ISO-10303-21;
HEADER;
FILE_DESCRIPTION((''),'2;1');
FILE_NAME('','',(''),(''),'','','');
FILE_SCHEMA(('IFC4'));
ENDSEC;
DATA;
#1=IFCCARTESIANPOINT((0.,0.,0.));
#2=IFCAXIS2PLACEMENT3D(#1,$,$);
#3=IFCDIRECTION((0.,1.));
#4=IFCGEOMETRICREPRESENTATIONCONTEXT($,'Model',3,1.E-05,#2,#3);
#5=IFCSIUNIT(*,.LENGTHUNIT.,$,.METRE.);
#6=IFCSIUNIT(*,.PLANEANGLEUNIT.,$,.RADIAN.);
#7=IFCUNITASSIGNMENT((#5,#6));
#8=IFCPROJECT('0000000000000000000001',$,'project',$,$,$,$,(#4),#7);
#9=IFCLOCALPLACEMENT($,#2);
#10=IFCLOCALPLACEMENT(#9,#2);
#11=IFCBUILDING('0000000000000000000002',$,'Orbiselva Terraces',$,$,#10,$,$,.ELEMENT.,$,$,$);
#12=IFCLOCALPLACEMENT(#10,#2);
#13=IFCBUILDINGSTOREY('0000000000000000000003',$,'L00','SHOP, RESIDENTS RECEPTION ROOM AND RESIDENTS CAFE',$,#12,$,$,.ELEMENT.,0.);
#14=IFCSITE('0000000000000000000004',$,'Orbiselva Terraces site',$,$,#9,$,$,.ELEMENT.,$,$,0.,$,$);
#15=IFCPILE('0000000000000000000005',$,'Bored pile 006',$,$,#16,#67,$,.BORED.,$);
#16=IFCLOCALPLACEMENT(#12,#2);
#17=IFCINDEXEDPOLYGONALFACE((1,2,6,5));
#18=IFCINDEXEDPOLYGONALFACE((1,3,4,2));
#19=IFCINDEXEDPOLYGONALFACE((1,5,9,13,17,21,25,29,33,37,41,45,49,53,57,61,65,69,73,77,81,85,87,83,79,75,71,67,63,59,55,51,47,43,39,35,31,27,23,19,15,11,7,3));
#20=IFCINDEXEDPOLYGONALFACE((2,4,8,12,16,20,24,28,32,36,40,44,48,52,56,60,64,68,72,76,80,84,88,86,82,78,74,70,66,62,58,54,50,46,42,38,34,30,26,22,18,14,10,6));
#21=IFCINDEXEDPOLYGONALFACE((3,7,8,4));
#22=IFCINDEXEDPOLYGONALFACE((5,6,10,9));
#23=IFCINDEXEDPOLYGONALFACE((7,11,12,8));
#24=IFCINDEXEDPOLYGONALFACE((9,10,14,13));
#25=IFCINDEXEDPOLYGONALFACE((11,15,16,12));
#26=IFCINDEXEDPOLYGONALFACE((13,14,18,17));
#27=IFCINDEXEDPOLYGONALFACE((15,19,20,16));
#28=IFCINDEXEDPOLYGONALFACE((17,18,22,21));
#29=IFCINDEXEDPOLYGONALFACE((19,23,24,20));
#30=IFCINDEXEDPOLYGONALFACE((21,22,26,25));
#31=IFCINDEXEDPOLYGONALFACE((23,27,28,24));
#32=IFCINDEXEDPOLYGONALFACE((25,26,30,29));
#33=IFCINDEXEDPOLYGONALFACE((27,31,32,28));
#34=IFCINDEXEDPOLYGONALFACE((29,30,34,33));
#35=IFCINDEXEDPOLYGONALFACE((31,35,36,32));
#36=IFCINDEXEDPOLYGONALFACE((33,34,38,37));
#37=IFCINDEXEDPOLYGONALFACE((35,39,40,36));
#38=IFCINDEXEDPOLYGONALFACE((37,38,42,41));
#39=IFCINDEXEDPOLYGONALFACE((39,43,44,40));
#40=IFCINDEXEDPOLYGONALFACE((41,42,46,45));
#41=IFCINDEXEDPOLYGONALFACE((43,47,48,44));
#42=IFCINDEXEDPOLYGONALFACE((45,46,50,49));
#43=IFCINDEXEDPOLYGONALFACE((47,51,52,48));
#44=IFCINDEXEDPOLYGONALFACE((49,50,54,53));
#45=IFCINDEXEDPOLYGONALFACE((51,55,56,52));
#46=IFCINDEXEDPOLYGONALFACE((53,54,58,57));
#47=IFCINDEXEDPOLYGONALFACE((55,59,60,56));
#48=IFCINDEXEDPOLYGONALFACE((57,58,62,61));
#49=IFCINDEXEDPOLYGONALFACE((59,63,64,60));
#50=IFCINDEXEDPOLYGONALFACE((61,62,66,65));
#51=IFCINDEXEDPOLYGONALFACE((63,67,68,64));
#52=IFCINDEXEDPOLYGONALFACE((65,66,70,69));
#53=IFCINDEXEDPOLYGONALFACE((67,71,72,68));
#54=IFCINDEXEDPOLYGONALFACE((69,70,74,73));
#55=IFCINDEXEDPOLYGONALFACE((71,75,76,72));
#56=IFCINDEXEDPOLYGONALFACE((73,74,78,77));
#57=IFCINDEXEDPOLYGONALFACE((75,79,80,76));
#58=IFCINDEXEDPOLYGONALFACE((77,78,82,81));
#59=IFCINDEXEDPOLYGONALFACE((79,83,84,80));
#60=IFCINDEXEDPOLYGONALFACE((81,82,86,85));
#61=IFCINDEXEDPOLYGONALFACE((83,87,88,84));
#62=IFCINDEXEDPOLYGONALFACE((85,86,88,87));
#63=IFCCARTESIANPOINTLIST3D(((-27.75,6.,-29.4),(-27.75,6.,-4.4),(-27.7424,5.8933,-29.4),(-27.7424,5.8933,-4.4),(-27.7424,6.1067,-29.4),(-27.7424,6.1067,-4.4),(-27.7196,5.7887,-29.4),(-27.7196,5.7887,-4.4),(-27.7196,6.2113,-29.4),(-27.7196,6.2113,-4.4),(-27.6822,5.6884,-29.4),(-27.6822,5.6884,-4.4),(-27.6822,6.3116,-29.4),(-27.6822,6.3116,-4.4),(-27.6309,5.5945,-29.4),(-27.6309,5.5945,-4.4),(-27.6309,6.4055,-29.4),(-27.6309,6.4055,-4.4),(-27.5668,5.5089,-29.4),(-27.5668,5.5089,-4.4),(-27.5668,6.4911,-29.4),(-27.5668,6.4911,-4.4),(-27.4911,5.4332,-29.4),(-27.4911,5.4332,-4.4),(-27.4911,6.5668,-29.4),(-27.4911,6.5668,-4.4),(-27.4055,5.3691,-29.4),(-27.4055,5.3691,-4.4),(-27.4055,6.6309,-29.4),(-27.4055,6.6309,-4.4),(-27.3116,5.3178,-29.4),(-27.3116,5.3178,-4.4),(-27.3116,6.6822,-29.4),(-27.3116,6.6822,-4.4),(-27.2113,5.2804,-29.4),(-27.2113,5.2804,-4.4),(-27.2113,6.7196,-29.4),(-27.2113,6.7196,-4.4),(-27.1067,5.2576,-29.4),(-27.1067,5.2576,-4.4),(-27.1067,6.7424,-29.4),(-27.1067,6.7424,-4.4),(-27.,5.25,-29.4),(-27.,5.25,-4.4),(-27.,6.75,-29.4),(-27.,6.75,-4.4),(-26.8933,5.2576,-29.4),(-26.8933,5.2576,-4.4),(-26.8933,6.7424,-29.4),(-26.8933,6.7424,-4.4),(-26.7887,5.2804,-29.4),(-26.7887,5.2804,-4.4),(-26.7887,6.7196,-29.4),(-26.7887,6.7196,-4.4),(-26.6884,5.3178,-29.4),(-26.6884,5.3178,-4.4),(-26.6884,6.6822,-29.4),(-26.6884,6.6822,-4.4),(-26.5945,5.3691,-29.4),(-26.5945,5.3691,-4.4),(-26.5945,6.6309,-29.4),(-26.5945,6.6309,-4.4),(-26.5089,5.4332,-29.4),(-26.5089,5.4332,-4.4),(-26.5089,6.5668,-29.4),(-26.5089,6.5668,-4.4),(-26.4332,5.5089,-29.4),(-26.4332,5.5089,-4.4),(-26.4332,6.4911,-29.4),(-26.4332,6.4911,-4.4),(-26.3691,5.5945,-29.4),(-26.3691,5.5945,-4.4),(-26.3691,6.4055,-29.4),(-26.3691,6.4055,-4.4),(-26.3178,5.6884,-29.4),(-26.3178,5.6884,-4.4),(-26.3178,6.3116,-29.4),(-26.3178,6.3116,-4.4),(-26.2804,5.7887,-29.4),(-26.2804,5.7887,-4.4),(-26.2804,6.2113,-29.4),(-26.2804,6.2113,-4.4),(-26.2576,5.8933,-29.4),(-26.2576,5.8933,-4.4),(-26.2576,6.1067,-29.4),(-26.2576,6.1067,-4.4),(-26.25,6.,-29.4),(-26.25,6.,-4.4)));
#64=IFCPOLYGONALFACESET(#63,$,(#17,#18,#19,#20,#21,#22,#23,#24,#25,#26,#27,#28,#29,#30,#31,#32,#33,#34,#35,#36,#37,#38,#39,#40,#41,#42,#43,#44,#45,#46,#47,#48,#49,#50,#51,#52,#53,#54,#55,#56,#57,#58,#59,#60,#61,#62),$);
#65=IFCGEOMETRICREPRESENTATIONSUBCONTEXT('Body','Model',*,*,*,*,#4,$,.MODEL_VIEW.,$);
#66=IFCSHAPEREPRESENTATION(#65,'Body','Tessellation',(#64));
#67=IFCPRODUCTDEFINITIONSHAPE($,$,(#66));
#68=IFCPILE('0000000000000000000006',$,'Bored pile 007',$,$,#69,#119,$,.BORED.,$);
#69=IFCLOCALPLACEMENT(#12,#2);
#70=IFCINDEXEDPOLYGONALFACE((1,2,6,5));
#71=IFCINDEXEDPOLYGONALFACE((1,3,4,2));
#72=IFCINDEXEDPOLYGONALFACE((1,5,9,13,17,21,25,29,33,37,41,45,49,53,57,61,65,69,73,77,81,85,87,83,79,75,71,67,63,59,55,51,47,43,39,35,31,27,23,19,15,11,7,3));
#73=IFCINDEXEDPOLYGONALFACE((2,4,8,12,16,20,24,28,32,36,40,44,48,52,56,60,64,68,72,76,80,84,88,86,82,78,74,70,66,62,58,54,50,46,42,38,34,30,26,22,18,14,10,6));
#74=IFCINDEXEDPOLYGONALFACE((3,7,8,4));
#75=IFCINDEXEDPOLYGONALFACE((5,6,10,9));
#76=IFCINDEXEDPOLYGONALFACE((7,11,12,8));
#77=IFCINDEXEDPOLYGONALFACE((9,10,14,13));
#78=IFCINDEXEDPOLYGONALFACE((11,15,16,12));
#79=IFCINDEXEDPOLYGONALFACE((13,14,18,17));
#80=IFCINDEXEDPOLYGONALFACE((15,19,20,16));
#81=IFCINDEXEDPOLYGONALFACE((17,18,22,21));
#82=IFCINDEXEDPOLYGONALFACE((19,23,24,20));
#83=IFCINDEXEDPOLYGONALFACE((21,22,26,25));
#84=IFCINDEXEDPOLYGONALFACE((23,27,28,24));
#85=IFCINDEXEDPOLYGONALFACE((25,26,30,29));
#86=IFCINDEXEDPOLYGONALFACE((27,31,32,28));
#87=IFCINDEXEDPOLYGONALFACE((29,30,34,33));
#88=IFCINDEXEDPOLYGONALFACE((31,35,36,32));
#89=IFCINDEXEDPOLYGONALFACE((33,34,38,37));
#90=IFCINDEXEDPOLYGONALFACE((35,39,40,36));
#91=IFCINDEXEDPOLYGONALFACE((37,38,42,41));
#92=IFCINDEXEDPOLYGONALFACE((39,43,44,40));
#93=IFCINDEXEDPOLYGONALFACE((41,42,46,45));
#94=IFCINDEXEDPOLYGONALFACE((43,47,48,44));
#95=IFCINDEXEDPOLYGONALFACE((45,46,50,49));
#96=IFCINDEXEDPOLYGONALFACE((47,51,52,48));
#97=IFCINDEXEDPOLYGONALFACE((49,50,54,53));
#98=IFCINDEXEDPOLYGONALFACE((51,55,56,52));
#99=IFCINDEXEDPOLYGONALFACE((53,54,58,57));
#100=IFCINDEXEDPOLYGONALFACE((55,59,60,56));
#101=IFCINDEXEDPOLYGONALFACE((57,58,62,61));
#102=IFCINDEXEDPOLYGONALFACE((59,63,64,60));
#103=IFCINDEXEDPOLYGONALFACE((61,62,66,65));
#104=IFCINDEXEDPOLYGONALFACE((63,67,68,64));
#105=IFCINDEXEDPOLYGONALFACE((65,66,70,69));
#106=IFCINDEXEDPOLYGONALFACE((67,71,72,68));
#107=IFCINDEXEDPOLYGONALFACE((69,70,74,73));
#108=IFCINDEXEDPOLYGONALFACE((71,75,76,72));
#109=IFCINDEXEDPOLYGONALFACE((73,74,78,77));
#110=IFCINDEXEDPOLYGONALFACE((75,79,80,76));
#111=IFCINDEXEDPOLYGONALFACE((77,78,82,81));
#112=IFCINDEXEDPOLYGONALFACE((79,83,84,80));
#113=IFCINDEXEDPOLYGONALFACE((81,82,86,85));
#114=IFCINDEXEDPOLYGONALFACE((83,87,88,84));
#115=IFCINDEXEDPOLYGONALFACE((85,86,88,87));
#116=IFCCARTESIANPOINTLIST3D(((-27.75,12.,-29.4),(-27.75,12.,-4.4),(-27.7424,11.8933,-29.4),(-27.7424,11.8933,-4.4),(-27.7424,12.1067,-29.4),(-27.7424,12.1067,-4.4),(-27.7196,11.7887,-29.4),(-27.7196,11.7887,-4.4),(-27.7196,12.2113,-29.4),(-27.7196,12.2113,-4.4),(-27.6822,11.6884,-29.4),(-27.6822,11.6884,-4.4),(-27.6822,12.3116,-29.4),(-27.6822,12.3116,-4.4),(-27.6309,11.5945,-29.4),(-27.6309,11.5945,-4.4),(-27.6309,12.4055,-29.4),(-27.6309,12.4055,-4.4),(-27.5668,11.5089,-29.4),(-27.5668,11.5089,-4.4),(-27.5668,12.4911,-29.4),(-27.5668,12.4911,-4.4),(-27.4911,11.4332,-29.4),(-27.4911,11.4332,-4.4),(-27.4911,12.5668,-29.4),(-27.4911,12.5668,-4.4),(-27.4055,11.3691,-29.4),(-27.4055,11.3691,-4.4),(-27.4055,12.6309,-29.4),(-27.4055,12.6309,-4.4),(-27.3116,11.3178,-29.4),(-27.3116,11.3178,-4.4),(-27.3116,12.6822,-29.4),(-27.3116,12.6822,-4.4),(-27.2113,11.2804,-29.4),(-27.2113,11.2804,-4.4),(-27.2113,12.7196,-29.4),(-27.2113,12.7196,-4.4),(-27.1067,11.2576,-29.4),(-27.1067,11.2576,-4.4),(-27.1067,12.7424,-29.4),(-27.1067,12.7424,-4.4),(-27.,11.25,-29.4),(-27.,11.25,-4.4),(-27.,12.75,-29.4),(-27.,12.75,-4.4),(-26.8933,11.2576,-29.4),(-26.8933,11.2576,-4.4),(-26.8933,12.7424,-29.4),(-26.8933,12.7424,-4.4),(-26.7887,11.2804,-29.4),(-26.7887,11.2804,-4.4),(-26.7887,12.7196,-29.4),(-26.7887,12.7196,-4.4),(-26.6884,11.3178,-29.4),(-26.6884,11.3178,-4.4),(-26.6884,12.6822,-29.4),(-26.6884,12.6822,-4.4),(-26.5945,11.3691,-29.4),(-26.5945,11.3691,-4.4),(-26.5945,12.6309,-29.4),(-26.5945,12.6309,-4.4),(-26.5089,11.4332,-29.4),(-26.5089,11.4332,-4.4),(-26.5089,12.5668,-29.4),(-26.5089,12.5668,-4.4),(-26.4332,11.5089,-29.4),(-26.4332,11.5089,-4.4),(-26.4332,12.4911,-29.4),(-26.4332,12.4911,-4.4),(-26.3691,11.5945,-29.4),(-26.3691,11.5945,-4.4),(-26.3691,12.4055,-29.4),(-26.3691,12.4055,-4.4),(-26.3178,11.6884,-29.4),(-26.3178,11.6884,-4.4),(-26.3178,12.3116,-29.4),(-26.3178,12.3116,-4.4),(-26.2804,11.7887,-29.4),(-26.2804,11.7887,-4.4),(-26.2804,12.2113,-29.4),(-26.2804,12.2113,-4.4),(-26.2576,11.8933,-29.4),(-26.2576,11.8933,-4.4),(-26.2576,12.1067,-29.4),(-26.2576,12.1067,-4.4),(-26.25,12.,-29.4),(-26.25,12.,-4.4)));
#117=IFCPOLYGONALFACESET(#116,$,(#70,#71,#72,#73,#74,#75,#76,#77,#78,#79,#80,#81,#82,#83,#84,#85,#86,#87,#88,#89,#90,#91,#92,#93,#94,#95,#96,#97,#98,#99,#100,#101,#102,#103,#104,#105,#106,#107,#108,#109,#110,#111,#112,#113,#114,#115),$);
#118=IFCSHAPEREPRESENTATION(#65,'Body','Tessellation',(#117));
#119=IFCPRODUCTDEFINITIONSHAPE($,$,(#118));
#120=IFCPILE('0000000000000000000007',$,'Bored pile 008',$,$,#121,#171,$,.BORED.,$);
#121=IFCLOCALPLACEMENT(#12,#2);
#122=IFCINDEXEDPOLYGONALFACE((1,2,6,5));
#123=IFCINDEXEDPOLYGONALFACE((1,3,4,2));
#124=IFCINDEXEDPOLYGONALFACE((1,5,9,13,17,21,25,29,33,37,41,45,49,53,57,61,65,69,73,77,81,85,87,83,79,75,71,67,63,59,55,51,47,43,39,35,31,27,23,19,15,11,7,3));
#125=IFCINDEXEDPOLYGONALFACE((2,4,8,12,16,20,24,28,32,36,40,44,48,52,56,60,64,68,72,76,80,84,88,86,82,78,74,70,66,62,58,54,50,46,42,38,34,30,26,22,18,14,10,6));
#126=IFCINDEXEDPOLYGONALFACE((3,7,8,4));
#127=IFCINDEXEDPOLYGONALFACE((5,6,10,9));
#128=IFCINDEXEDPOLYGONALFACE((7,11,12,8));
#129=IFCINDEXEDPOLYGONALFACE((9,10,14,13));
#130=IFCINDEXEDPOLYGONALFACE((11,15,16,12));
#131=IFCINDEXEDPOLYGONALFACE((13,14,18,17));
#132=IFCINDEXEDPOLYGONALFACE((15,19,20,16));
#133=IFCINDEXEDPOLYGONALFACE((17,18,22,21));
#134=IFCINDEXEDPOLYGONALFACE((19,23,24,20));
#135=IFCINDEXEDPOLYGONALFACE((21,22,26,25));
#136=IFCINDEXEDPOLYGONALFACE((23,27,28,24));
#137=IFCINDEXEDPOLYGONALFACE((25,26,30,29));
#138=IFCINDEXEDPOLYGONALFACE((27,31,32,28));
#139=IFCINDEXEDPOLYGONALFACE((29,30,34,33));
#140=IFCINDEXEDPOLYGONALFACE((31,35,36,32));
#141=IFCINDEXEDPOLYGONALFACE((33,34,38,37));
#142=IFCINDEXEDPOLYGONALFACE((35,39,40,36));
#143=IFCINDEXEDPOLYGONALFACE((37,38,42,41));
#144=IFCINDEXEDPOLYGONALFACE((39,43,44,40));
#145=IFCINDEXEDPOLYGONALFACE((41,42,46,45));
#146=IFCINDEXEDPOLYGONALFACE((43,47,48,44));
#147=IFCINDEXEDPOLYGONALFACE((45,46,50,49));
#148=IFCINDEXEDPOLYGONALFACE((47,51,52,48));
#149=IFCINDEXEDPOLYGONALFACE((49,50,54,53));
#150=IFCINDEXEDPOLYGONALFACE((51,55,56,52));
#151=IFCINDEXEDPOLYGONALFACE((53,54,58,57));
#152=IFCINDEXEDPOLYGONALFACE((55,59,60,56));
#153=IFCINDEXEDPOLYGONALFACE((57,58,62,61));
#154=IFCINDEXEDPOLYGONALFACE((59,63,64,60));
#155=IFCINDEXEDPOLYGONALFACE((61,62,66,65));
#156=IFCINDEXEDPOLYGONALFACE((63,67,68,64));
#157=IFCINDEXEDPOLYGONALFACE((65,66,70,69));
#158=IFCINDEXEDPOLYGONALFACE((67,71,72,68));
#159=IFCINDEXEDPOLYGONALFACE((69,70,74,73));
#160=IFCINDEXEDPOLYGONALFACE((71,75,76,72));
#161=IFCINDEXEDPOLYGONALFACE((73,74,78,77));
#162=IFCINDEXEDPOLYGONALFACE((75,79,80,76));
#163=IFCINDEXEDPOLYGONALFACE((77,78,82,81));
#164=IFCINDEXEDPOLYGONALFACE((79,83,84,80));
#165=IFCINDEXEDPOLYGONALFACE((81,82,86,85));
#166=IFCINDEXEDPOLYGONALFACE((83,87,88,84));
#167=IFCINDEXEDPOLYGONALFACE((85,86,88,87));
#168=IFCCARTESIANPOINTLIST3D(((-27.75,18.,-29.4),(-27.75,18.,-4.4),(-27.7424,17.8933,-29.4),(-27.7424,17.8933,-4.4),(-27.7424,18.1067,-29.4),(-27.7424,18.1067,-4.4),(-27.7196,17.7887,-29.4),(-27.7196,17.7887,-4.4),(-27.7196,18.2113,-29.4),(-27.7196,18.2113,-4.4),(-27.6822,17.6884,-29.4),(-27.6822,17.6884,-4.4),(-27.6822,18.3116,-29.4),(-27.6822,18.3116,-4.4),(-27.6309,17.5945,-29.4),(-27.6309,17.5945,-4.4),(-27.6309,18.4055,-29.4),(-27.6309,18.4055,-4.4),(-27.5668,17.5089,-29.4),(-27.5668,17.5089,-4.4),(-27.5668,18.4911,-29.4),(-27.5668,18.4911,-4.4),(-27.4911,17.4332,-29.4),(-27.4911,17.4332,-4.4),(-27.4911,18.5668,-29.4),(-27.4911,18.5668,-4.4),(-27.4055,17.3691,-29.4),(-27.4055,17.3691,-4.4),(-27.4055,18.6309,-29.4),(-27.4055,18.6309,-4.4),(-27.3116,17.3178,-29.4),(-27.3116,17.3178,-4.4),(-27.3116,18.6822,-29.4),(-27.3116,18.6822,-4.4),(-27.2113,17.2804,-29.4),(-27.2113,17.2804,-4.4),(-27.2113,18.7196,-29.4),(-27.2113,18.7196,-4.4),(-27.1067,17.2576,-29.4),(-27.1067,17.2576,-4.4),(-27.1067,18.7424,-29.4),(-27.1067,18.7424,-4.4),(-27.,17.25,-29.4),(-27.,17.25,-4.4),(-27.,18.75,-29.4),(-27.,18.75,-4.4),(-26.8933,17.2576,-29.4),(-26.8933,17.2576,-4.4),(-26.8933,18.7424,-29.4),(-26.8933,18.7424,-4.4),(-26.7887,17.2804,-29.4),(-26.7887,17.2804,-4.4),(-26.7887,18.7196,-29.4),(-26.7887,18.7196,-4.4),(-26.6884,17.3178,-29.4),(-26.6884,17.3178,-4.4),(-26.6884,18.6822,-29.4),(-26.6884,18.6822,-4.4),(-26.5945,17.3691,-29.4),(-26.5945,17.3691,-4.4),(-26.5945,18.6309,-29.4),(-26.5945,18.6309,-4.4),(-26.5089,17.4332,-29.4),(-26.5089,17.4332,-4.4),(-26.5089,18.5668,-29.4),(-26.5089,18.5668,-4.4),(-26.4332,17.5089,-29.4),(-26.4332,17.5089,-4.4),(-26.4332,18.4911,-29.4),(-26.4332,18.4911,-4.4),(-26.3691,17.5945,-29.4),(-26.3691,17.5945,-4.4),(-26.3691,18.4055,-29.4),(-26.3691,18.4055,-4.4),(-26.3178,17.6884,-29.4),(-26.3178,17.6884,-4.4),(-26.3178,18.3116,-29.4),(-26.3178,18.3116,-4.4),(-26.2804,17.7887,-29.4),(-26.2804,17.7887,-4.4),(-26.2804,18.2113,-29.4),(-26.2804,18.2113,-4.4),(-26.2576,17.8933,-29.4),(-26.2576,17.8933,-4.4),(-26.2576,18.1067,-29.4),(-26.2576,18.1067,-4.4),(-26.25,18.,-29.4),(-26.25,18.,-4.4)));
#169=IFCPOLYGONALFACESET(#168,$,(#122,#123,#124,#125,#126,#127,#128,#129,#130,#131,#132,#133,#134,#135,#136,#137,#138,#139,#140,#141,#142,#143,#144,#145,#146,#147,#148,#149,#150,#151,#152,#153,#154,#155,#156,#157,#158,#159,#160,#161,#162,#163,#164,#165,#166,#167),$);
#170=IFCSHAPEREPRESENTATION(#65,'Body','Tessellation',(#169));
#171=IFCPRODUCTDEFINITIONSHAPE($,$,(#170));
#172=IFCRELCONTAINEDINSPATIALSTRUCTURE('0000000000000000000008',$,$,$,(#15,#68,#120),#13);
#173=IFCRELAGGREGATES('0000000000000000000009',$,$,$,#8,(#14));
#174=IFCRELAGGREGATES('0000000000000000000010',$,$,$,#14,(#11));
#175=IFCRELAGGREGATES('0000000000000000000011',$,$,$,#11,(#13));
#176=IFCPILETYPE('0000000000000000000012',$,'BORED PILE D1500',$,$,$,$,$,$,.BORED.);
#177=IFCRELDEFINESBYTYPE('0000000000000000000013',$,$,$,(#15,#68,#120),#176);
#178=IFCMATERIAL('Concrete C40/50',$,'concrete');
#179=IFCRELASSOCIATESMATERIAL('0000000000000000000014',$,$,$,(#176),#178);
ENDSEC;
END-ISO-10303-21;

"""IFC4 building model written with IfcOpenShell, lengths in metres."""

from ifc_helpers import new_model, si_unit, direction, frame, origin, origin_2d, place, context, subcontext, project, spatial, circle, extrude, material, material_profile, profile_set, type_object, element, save


model = new_model("IFC4")

# Units and contexts
model_context = context("Model", 3, precision=1e-05, world=origin(), true_north=direction((0.0, 1.0)))
body_context = subcontext(model_context, "Body", "Model", "MODEL_VIEW")
ifc_project = project(units=[si_unit("LENGTHUNIT", "METRE"), si_unit("PLANEANGLEUNIT", "RADIAN")], contexts=[model_context])

# Site, building, storey
site_placement = place(None, origin())
site = spatial("IfcSite", under=ifc_project, at=site_placement, Name="Orbiselva Terraces site", CompositionType="ELEMENT", RefElevation=0.0)
building_placement = place(site_placement, origin())
building = spatial("IfcBuilding", under=site, at=building_placement, Name="Orbiselva Terraces", CompositionType="ELEMENT")
storey_placement = place(building_placement, origin())
storey = spatial("IfcBuildingStorey", under=building, at=storey_placement, Name="L00", Description="SHOP, RESIDENTS RECEPTION ROOM AND RESIDENTS CAFE", CompositionType="ELEMENT", Elevation=0.0)

# Piles
ifc_material_1 = material(Name="Concrete C40/50", Category="concrete")
ifc_material_profile_1 = material_profile(ifc_material_1, circle(Radius=0.75, at=origin_2d()), Name="D1500")
ifc_profile_set_1 = profile_set([ifc_material_profile_1], Name="Concrete C40/50")
pile_type = type_object("IfcPileType", Name="BORED PILE D1500", PredefinedType="BORED", material=ifc_profile_set_1)
for number, where, z_axis, x_axis, name in (
    (1, (-27.0, 6.0, -4.4), (0.0, 0.0, -1.0), (1.0, 0.0, 0.0), "Bored pile 006"),
    (2, (-27.0, 12.0, -4.4), (0.0, 0.0, -1.0), (1.0, 0.0, 0.0), "Bored pile 007"),
    (3, (-27.0, 18.0, -4.4), (0.0, 0.0, -1.0), (1.0, 0.0, 0.0), "Bored pile 008"),
):
    element("IfcPile", number, at=place(storey_placement, frame(where, z_axis=z_axis, x_axis=x_axis)), inside=storey, type_object=pile_type, Name=name, PredefinedType="BORED", context=body_context, shape_type="SweptSolid", body=[
        extrude(circle(Radius=0.75, at=origin_2d()), origin(), (0.0, 0.0, 1.0), 25.0),
    ])

save(model, "model.ifc")
